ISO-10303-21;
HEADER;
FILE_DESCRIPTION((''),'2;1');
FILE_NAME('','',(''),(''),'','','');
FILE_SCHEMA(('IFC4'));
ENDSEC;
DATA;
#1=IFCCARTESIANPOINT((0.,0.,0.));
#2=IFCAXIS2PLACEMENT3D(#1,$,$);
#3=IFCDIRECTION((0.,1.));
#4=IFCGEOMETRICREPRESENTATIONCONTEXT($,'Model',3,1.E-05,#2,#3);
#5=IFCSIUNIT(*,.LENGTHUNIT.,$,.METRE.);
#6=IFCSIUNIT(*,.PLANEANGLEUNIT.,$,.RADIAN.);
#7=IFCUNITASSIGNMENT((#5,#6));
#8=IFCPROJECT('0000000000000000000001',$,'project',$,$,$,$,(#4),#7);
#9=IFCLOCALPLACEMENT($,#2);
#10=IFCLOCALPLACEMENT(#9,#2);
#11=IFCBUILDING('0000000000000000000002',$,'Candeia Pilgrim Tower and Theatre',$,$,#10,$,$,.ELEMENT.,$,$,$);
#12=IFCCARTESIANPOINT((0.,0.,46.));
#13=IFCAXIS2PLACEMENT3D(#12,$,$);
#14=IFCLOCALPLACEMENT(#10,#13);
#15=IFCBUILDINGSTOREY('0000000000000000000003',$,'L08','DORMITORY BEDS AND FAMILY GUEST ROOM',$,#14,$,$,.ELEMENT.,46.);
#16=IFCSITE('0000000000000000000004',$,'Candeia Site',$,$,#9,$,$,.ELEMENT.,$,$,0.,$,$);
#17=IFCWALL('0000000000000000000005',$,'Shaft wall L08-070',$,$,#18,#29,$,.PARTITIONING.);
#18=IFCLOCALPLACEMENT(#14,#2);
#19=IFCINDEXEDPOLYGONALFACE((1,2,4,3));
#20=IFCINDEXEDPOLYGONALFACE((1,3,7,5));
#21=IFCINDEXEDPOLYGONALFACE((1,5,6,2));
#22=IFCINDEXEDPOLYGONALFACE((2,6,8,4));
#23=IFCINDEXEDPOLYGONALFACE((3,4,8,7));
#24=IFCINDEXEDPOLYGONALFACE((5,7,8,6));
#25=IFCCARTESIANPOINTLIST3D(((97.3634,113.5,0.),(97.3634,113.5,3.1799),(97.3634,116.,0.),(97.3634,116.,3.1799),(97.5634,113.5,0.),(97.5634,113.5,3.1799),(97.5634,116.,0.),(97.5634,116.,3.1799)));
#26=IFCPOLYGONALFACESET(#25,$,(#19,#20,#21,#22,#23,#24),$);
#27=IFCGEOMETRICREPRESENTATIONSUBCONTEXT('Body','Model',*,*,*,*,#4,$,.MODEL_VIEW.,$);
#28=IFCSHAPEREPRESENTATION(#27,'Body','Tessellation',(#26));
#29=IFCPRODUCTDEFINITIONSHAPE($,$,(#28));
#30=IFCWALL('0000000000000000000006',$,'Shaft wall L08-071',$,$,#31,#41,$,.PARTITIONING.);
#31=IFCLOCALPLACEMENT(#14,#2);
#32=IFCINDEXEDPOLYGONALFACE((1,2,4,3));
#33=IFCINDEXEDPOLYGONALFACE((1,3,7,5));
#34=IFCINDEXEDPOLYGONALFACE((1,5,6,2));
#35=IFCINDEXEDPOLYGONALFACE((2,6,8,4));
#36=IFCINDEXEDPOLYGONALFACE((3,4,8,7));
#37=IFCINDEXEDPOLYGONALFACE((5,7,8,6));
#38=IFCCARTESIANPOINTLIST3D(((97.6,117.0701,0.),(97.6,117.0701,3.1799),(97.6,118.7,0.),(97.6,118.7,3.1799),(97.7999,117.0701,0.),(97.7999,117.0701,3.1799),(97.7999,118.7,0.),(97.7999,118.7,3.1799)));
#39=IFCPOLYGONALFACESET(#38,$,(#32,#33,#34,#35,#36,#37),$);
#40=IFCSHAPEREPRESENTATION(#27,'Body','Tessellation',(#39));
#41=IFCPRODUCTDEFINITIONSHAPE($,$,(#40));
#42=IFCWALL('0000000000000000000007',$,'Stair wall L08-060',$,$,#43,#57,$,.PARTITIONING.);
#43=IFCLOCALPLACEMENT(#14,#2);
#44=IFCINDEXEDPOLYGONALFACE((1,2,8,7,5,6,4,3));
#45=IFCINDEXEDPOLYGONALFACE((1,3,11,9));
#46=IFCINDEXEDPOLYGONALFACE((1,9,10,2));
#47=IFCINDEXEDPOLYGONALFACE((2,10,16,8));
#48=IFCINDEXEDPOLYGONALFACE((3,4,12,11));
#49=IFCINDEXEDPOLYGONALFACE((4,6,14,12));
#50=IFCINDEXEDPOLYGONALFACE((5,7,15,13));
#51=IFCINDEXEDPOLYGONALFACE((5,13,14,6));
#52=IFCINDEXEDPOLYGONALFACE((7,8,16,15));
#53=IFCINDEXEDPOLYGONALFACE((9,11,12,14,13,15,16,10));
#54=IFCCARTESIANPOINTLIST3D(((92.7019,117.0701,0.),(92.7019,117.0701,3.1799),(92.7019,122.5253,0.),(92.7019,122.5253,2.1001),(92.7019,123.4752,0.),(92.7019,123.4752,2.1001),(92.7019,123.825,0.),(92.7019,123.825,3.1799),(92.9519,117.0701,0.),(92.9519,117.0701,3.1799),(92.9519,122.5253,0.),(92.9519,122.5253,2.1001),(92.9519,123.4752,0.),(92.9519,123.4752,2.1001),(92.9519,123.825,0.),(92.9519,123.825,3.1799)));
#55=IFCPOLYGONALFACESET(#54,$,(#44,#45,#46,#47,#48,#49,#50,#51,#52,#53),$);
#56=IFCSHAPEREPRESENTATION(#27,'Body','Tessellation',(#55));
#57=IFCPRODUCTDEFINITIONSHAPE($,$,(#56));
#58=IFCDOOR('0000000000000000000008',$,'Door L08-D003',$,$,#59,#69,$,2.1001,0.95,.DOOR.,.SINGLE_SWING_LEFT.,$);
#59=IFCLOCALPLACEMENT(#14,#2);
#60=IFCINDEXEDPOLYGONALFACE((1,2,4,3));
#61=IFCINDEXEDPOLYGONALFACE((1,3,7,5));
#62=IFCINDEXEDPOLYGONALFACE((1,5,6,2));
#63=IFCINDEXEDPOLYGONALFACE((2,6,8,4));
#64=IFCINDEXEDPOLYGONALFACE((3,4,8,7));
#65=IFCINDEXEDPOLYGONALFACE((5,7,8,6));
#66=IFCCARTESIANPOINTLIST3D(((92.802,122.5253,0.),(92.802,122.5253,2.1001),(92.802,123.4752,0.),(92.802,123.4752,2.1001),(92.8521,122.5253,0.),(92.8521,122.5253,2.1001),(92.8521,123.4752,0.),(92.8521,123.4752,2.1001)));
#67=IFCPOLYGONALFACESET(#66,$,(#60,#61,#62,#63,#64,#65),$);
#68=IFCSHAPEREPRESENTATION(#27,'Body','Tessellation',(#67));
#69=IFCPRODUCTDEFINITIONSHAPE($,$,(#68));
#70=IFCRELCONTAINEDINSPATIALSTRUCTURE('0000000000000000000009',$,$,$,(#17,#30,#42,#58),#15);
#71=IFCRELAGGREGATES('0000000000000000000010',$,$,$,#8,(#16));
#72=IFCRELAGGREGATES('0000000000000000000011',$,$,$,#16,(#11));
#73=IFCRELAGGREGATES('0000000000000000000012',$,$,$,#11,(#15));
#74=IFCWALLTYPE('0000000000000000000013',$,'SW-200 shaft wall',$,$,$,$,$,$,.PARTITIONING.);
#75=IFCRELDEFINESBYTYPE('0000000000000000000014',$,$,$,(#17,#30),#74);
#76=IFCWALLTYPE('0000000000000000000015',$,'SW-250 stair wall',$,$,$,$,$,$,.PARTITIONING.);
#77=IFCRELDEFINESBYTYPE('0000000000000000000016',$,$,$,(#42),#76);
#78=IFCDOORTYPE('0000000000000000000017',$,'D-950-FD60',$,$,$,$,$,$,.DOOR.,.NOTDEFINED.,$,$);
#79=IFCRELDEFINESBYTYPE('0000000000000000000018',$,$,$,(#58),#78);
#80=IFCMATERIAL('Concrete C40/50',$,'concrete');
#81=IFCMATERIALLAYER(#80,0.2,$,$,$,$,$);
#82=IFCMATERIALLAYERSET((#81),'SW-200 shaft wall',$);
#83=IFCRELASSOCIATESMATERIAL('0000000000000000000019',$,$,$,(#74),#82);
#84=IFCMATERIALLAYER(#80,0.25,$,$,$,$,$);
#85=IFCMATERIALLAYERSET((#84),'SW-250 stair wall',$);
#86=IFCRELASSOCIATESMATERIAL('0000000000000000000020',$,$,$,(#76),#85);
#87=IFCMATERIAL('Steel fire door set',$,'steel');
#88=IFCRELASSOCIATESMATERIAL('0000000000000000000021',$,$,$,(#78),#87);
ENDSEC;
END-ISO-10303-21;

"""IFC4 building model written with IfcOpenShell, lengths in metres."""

from ifc_helpers import new_model, si_unit, direction, frame, frame_2d, origin, place, context, subcontext, project, spatial, rectangle, extrude, material, layer, layer_set, type_object, element, fill, save


model = new_model("IFC4")

# Units and contexts
model_context = context("Model", 3, precision=1e-05, world=origin(), true_north=direction((0.0, 1.0)))
body_context = subcontext(model_context, "Body", "Model", "MODEL_VIEW")
ifc_project = project(units=[si_unit("LENGTHUNIT", "METRE"), si_unit("PLANEANGLEUNIT", "RADIAN")], contexts=[model_context])

# Site, building, storey
site_placement = place(None, origin())
site = spatial("IfcSite", under=ifc_project, at=site_placement, Name="Candeia Site", CompositionType="ELEMENT", RefElevation=0.0)
building_placement = place(site_placement, origin())
building = spatial("IfcBuilding", under=site, at=building_placement, Name="Candeia Pilgrim Tower and Theatre", CompositionType="ELEMENT")
storey_placement = place(building_placement, frame((0.0, 0.0, 46.0)))
storey = spatial("IfcBuildingStorey", under=building, at=storey_placement, Name="L08", Description="DORMITORY BEDS AND FAMILY GUEST ROOM", CompositionType="ELEMENT", Elevation=46.0)

# Shared definitions
ifc_material_1 = material(Name="Steel fire door set", Category="steel")

# Shared definitions
ifc_material_2 = material(Name="Concrete C40/50", Category="concrete")
ifc_layer_1 = layer(ifc_material_2, 0.2)
ifc_layer_set_1 = layer_set([ifc_layer_1], Name="SW-200 shaft wall")
wall_type_1 = type_object("IfcWallType", Name="SW-200 shaft wall", PredefinedType="PARTITIONING", material=ifc_layer_set_1)

# Walls
wall_1_placement = place(storey_placement, frame((97.4634, 113.5, 0.0), z_axis=(0.0, 0.0, 1.0), x_axis=(0.0, 1.0, 0.0)))
element("IfcWall", 1, at=wall_1_placement, inside=storey, type_object=wall_type_1, Name="Shaft wall L08-070", PredefinedType="PARTITIONING", context=body_context, shape_type="SweptSolid", body=[
    extrude(rectangle(XDim=2.5, YDim=0.2, at=frame_2d((1.25, 0.0))), origin(), (0.0, 0.0, 1.0), 3.1799),
])
wall_2_placement = place(storey_placement, frame((97.7, 117.0701, 0.0), z_axis=(0.0, 0.0, 1.0), x_axis=(0.0, 1.0, 0.0)))
element("IfcWall", 2, at=wall_2_placement, inside=storey, type_object=wall_type_1, Name="Shaft wall L08-071", PredefinedType="PARTITIONING", context=body_context, shape_type="SweptSolid", body=[
    extrude(rectangle(XDim=1.6299, YDim=0.2, at=frame_2d((0.8149, 0.0))), origin(), (0.0, 0.0, 1.0), 3.1799),
])

# Wall, opening, door
ifc_layer_2 = layer(ifc_material_2, 0.25)
ifc_layer_set_2 = layer_set([ifc_layer_2], Name="SW-250 stair wall")
wall_type_2 = type_object("IfcWallType", Name="SW-250 stair wall", PredefinedType="PARTITIONING", material=ifc_layer_set_2)
wall_3_placement = place(storey_placement, frame((92.8269, 117.0701, 0.0), z_axis=(0.0, 0.0, 1.0), x_axis=(0.0, 1.0, 0.0)))
wall_3 = element("IfcWall", 3, at=wall_3_placement, inside=storey, type_object=wall_type_2, Name="Stair wall L08-060", PredefinedType="PARTITIONING", context=body_context, shape_type="SweptSolid", body=[
    extrude(rectangle(XDim=6.7549, YDim=0.25, at=frame_2d((3.3774, 0.0))), origin(), (0.0, 0.0, 1.0), 3.1799),
])
opening_1_placement = place(wall_3_placement, frame((5.4551, 0.0, 0.0)))
opening_1 = element("IfcOpeningElement", 4, at=opening_1_placement, cuts=wall_3, PredefinedType="OPENING", context=body_context, shape_type="SweptSolid", body=[
    extrude(rectangle(XDim=0.95, YDim=2.1001, at=frame_2d((0.4751, 1.05))), frame((0.0, 0.135, 0.0), z_axis=(0.0, -1.0, 0.0), x_axis=(1.0, 0.0, 0.0)), (0.0, 0.0, 1.0), 0.27),
])
door_type_1 = type_object("IfcDoorType", Name="D-950-FD60", OperationType="NOTDEFINED", PredefinedType="DOOR", material=ifc_material_1)
door_1_placement = place(opening_1_placement, origin())
door_1 = element("IfcDoor", 5, at=door_1_placement, inside=storey, type_object=door_type_1, Name="Door L08-D003", OperationType="SINGLE_SWING_LEFT", OverallHeight=2.1001, OverallWidth=0.95, PredefinedType="DOOR", context=body_context, shape_type="SweptSolid", body=[
    extrude(rectangle(XDim=0.95, YDim=2.1001, at=frame_2d((0.4751, 1.05))), frame((0.0, 0.0249, 0.0), z_axis=(0.0, -1.0, 0.0), x_axis=(1.0, 0.0, 0.0)), (0.0, 0.0, 1.0), 0.05),
])
fill(opening_1, door_1)

save(model, "model.ifc")
